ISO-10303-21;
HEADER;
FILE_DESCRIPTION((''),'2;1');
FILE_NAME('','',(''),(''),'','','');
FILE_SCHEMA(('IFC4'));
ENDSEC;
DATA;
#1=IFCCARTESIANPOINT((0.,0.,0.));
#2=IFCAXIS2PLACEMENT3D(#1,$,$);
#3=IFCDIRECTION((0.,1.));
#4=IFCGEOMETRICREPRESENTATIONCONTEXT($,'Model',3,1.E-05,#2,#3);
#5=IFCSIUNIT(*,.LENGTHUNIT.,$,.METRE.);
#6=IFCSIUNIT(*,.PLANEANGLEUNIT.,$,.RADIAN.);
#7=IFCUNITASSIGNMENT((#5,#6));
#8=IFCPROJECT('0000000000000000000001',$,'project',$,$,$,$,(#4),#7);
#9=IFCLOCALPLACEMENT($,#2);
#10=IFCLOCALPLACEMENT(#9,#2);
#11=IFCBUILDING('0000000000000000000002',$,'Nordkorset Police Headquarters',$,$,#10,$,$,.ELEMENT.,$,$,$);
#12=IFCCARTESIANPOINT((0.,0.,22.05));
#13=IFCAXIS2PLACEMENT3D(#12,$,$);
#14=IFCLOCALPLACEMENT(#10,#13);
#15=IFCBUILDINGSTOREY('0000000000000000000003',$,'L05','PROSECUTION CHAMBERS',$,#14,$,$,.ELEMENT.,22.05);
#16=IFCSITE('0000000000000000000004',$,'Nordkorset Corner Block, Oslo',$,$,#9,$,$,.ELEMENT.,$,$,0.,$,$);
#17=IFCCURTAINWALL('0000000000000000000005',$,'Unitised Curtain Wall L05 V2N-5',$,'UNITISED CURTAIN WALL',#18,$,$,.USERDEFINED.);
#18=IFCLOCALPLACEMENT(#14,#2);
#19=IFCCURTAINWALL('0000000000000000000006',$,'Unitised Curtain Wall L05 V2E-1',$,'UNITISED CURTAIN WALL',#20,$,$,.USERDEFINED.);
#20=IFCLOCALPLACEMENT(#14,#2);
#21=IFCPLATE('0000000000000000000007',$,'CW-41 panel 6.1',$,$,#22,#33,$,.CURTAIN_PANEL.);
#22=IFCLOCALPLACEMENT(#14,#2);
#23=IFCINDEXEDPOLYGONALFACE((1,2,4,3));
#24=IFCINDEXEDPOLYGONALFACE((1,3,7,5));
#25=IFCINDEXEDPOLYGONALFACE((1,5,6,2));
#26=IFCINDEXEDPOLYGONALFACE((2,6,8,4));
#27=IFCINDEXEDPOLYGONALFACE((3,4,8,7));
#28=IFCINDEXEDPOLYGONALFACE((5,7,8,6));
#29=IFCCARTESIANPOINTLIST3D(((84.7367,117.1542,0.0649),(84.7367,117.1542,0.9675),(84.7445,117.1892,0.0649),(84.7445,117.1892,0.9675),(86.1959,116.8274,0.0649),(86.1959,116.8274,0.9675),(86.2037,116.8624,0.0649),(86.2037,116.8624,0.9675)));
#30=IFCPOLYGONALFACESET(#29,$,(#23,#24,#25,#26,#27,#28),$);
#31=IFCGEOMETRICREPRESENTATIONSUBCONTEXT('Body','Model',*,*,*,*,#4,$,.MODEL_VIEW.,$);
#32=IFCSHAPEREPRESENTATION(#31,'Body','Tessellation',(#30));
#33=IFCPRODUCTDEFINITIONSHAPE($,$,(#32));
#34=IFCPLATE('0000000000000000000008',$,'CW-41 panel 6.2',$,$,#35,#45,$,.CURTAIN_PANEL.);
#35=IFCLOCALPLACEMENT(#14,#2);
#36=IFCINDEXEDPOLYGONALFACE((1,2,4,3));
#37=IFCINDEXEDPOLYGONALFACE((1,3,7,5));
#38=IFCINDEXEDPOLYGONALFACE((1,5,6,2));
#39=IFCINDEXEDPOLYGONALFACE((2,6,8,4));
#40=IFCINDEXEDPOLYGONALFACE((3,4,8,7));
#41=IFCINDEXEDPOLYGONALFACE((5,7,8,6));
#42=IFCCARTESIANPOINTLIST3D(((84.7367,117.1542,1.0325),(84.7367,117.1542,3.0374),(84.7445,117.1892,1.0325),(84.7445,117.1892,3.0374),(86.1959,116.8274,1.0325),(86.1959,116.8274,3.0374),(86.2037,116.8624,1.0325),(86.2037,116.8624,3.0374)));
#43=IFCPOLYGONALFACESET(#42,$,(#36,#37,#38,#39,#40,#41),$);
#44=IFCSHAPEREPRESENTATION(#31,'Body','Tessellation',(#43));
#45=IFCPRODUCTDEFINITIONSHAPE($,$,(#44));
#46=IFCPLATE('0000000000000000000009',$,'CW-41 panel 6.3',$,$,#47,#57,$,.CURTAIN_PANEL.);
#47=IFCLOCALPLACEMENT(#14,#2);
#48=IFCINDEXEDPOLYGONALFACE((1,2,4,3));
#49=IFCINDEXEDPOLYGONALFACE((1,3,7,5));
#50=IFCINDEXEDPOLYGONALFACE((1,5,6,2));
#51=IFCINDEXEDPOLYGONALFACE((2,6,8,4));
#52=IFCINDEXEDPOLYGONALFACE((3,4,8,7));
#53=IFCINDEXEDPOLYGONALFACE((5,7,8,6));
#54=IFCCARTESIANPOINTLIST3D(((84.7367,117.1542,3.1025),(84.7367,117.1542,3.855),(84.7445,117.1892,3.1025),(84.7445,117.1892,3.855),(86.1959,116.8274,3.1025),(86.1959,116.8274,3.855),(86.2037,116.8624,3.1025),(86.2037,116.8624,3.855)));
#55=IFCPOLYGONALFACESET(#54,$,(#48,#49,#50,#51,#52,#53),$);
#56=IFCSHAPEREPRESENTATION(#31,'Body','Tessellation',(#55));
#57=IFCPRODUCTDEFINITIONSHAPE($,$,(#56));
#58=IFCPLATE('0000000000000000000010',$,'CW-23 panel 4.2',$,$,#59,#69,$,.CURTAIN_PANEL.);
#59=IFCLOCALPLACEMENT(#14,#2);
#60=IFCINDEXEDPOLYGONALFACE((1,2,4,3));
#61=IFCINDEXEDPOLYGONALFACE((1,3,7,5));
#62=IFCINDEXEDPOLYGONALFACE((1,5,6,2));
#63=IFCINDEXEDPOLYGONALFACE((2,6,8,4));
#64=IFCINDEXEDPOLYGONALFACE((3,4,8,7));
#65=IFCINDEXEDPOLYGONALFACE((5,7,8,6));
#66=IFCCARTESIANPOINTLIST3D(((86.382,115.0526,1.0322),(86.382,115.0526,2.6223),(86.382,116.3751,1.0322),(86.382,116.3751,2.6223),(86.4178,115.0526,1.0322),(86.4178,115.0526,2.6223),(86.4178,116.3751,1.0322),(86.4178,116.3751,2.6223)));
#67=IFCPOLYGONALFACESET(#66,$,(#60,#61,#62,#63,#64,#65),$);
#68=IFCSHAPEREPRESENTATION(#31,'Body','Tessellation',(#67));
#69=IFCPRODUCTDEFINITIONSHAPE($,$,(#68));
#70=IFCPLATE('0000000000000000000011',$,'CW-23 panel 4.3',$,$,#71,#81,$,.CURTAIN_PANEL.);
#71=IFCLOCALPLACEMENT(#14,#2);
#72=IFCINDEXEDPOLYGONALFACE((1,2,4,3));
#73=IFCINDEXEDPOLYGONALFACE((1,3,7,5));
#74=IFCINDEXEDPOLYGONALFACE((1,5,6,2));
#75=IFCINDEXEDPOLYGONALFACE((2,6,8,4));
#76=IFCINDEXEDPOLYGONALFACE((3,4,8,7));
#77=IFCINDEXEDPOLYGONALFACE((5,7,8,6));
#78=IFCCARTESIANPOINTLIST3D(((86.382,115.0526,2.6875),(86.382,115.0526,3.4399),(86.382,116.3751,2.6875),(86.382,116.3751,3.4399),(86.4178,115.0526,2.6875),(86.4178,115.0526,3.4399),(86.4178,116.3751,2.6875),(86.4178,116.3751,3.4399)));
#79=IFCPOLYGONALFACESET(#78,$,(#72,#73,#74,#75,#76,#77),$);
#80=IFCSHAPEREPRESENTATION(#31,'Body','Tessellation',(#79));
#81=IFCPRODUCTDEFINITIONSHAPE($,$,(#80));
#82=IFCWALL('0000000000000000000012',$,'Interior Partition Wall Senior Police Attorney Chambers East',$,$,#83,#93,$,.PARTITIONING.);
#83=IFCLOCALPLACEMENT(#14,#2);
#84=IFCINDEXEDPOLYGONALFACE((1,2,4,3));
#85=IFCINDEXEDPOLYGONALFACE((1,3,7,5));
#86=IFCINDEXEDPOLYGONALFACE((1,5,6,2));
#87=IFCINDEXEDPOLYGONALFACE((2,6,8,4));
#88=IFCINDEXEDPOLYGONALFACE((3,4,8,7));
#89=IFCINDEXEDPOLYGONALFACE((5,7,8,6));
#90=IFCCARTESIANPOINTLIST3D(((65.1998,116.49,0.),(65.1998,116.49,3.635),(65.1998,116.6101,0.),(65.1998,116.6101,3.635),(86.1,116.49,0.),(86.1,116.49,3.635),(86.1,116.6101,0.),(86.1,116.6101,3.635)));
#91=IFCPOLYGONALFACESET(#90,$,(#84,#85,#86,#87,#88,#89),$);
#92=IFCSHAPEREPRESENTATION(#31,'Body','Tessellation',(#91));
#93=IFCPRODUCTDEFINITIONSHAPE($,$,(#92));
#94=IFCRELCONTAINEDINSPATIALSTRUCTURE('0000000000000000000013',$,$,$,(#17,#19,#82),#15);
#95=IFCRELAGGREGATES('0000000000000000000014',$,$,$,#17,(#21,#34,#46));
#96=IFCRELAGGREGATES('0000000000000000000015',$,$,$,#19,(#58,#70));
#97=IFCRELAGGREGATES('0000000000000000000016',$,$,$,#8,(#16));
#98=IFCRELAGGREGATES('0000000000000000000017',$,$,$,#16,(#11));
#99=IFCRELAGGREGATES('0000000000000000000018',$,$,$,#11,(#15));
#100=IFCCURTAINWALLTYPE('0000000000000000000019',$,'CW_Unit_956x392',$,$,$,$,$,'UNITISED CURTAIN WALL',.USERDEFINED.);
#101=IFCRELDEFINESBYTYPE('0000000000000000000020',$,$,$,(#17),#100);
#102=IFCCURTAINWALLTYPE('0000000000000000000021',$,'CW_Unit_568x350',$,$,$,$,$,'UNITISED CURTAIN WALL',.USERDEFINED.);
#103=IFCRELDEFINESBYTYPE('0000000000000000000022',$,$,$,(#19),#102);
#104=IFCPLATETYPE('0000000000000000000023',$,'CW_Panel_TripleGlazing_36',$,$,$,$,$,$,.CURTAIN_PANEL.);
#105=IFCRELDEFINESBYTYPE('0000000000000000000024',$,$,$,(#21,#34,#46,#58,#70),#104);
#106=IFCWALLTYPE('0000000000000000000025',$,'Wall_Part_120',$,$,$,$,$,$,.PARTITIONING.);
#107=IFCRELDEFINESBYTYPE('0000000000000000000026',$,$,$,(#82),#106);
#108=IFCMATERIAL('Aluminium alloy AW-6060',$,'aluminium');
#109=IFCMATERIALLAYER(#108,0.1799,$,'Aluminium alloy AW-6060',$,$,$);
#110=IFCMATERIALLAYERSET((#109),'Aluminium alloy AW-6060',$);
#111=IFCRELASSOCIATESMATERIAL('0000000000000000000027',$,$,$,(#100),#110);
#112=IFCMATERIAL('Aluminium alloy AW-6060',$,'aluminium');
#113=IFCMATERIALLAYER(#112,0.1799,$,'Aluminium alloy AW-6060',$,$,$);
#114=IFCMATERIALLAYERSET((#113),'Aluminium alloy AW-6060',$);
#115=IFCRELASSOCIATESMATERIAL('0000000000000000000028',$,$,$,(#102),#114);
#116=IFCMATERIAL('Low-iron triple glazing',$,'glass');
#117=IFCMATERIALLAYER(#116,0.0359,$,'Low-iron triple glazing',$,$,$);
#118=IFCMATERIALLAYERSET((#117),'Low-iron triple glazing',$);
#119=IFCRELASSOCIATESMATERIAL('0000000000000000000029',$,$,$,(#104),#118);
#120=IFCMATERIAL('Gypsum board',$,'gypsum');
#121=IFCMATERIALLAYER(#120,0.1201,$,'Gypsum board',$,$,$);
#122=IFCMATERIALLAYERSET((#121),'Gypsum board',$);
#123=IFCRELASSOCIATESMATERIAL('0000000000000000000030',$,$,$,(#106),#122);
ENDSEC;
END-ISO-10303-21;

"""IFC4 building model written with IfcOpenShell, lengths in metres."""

from ifc_helpers import new_model, si_unit, direction, frame, frame_2d, origin, origin_2d, place, context, subcontext, project, spatial, rectangle, extrude, material, layer, layer_set, type_object, element, aggregate, save


model = new_model("IFC4")

# Units and contexts
model_context = context("Model", 3, precision=1e-05, world=origin(), true_north=direction((0.0, 1.0)))
body_context = subcontext(model_context, "Body", "Model", "MODEL_VIEW")
ifc_project = project(units=[si_unit("LENGTHUNIT", "METRE"), si_unit("PLANEANGLEUNIT", "RADIAN")], contexts=[model_context])

# Site, building, storey
site_placement = place(None, origin())
site = spatial("IfcSite", under=ifc_project, at=site_placement, Name="Nordkorset Corner Block, Oslo", CompositionType="ELEMENT", RefElevation=0.0)
building_placement = place(site_placement, origin())
building = spatial("IfcBuilding", under=site, at=building_placement, Name="Nordkorset Police Headquarters", CompositionType="ELEMENT")
storey_placement = place(building_placement, frame((0.0, 0.0, 22.05)))
storey = spatial("IfcBuildingStorey", under=building, at=storey_placement, Name="L05", Description="PROSECUTION CHAMBERS", CompositionType="ELEMENT", Elevation=22.05)

# Curtain wall
ifc_material_1 = material(Name="Aluminium alloy AW-6060", Category="aluminium")
ifc_layer_1 = layer(ifc_material_1, 0.1799, Name="Aluminium alloy AW-6060")
ifc_layer_set_1 = layer_set([ifc_layer_1], Name="Aluminium alloy AW-6060")
curtain_wall_type_1 = type_object("IfcCurtainWallType", Name="CW_Unit_956x392", ElementType="UNITISED CURTAIN WALL", PredefinedType="USERDEFINED", material=ifc_layer_set_1)
curtain_wall_1_placement = place(storey_placement, origin())
curtain_wall_1 = element("IfcCurtainWall", 1, at=curtain_wall_1_placement, inside=storey, type_object=curtain_wall_type_1, Name="Unitised Curtain Wall L05 V2N-5", ObjectType="UNITISED CURTAIN WALL", PredefinedType="USERDEFINED")

# Curtain wall
ifc_material_2 = material(Name="Aluminium alloy AW-6060", Category="aluminium")
ifc_layer_2 = layer(ifc_material_2, 0.1799, Name="Aluminium alloy AW-6060")
ifc_layer_set_2 = layer_set([ifc_layer_2], Name="Aluminium alloy AW-6060")
curtain_wall_type_2 = type_object("IfcCurtainWallType", Name="CW_Unit_568x350", ElementType="UNITISED CURTAIN WALL", PredefinedType="USERDEFINED", material=ifc_layer_set_2)
curtain_wall_2_placement = place(storey_placement, origin())
curtain_wall_2 = element("IfcCurtainWall", 2, at=curtain_wall_2_placement, inside=storey, type_object=curtain_wall_type_2, Name="Unitised Curtain Wall L05 V2E-1", ObjectType="UNITISED CURTAIN WALL", PredefinedType="USERDEFINED")

# Plates
ifc_material_3 = material(Name="Low-iron triple glazing", Category="glass")
ifc_layer_3 = layer(ifc_material_3, 0.0359, Name="Low-iron triple glazing")
ifc_layer_set_3 = layer_set([ifc_layer_3], Name="Low-iron triple glazing")
plate_type = type_object("IfcPlateType", Name="CW_Panel_TripleGlazing_36", PredefinedType="CURTAIN_PANEL", material=ifc_layer_set_3)
plate_1_placement = place(storey_placement, frame((85.4702, 117.0083, 0.0649), z_axis=(0.0, 0.0, 1.0), x_axis=(0.975827, -0.218544, 0.0)))
plate_1 = element("IfcPlate", 3, at=plate_1_placement, type_object=plate_type, Name="CW-41 panel 6.1", PredefinedType="CURTAIN_PANEL", context=body_context, shape_type="SweptSolid", body=[
    extrude(rectangle(XDim=1.4954, YDim=0.0359, at=origin_2d()), origin(), (0.0, 0.0, 1.0), 0.9026),
])
plate_2_placement = place(storey_placement, frame((85.4702, 117.0083, 1.0325), z_axis=(0.0, 0.0, 1.0), x_axis=(0.975827, -0.218544, 0.0)))
plate_2 = element("IfcPlate", 4, at=plate_2_placement, type_object=plate_type, Name="CW-41 panel 6.2", PredefinedType="CURTAIN_PANEL", context=body_context, shape_type="SweptSolid", body=[
    extrude(rectangle(XDim=1.4954, YDim=0.0359, at=origin_2d()), origin(), (0.0, 0.0, 1.0), 2.0049),
])
plate_3_placement = place(storey_placement, frame((85.4702, 117.0083, 3.1025), z_axis=(0.0, 0.0, 1.0), x_axis=(0.975827, -0.218544, 0.0)))
plate_3 = element("IfcPlate", 5, at=plate_3_placement, type_object=plate_type, Name="CW-41 panel 6.3", PredefinedType="CURTAIN_PANEL", context=body_context, shape_type="SweptSolid", body=[
    extrude(rectangle(XDim=1.4954, YDim=0.0359, at=origin_2d()), origin(), (0.0, 0.0, 1.0), 0.7524),
])
aggregate(curtain_wall_1, [plate_1, plate_2, plate_3])
plate_4_placement = place(storey_placement, frame((86.3999, 115.7139, 1.0322), z_axis=(0.0, 0.0, 1.0), x_axis=(0.0, 1.0, 0.0)))
plate_4 = element("IfcPlate", 6, at=plate_4_placement, type_object=plate_type, Name="CW-23 panel 4.2", PredefinedType="CURTAIN_PANEL", context=body_context, shape_type="SweptSolid", body=[
    extrude(rectangle(XDim=1.3225, YDim=0.0359, at=origin_2d()), origin(), (0.0, 0.0, 1.0), 1.5901),
])
plate_5_placement = place(storey_placement, frame((86.3999, 115.7139, 2.6875), z_axis=(0.0, 0.0, 1.0), x_axis=(0.0, 1.0, 0.0)))
plate_5 = element("IfcPlate", 7, at=plate_5_placement, type_object=plate_type, Name="CW-23 panel 4.3", PredefinedType="CURTAIN_PANEL", context=body_context, shape_type="SweptSolid", body=[
    extrude(rectangle(XDim=1.3225, YDim=0.0359, at=origin_2d()), origin(), (0.0, 0.0, 1.0), 0.7524),
])
aggregate(curtain_wall_2, [plate_4, plate_5])

# Wall
ifc_material_4 = material(Name="Gypsum board", Category="gypsum")
ifc_layer_4 = layer(ifc_material_4, 0.1201, Name="Gypsum board")
ifc_layer_set_4 = layer_set([ifc_layer_4], Name="Gypsum board")
wall_type = type_object("IfcWallType", Name="Wall_Part_120", PredefinedType="PARTITIONING", material=ifc_layer_set_4)
wall_placement = place(storey_placement, frame((86.1001, 116.55, 0.0), z_axis=(0.0, 0.0, 1.0), x_axis=(-1.0, 0.0, 0.0)))
element("IfcWall", 8, at=wall_placement, inside=storey, type_object=wall_type, Name="Interior Partition Wall Senior Police Attorney Chambers East", PredefinedType="PARTITIONING", context=body_context, shape_type="SweptSolid", body=[
    extrude(rectangle(XDim=20.9001, YDim=0.1201, at=frame_2d((10.4502, 0.0))), origin(), (0.0, 0.0, 1.0), 3.635),
])

save(model, "model.ifc")
